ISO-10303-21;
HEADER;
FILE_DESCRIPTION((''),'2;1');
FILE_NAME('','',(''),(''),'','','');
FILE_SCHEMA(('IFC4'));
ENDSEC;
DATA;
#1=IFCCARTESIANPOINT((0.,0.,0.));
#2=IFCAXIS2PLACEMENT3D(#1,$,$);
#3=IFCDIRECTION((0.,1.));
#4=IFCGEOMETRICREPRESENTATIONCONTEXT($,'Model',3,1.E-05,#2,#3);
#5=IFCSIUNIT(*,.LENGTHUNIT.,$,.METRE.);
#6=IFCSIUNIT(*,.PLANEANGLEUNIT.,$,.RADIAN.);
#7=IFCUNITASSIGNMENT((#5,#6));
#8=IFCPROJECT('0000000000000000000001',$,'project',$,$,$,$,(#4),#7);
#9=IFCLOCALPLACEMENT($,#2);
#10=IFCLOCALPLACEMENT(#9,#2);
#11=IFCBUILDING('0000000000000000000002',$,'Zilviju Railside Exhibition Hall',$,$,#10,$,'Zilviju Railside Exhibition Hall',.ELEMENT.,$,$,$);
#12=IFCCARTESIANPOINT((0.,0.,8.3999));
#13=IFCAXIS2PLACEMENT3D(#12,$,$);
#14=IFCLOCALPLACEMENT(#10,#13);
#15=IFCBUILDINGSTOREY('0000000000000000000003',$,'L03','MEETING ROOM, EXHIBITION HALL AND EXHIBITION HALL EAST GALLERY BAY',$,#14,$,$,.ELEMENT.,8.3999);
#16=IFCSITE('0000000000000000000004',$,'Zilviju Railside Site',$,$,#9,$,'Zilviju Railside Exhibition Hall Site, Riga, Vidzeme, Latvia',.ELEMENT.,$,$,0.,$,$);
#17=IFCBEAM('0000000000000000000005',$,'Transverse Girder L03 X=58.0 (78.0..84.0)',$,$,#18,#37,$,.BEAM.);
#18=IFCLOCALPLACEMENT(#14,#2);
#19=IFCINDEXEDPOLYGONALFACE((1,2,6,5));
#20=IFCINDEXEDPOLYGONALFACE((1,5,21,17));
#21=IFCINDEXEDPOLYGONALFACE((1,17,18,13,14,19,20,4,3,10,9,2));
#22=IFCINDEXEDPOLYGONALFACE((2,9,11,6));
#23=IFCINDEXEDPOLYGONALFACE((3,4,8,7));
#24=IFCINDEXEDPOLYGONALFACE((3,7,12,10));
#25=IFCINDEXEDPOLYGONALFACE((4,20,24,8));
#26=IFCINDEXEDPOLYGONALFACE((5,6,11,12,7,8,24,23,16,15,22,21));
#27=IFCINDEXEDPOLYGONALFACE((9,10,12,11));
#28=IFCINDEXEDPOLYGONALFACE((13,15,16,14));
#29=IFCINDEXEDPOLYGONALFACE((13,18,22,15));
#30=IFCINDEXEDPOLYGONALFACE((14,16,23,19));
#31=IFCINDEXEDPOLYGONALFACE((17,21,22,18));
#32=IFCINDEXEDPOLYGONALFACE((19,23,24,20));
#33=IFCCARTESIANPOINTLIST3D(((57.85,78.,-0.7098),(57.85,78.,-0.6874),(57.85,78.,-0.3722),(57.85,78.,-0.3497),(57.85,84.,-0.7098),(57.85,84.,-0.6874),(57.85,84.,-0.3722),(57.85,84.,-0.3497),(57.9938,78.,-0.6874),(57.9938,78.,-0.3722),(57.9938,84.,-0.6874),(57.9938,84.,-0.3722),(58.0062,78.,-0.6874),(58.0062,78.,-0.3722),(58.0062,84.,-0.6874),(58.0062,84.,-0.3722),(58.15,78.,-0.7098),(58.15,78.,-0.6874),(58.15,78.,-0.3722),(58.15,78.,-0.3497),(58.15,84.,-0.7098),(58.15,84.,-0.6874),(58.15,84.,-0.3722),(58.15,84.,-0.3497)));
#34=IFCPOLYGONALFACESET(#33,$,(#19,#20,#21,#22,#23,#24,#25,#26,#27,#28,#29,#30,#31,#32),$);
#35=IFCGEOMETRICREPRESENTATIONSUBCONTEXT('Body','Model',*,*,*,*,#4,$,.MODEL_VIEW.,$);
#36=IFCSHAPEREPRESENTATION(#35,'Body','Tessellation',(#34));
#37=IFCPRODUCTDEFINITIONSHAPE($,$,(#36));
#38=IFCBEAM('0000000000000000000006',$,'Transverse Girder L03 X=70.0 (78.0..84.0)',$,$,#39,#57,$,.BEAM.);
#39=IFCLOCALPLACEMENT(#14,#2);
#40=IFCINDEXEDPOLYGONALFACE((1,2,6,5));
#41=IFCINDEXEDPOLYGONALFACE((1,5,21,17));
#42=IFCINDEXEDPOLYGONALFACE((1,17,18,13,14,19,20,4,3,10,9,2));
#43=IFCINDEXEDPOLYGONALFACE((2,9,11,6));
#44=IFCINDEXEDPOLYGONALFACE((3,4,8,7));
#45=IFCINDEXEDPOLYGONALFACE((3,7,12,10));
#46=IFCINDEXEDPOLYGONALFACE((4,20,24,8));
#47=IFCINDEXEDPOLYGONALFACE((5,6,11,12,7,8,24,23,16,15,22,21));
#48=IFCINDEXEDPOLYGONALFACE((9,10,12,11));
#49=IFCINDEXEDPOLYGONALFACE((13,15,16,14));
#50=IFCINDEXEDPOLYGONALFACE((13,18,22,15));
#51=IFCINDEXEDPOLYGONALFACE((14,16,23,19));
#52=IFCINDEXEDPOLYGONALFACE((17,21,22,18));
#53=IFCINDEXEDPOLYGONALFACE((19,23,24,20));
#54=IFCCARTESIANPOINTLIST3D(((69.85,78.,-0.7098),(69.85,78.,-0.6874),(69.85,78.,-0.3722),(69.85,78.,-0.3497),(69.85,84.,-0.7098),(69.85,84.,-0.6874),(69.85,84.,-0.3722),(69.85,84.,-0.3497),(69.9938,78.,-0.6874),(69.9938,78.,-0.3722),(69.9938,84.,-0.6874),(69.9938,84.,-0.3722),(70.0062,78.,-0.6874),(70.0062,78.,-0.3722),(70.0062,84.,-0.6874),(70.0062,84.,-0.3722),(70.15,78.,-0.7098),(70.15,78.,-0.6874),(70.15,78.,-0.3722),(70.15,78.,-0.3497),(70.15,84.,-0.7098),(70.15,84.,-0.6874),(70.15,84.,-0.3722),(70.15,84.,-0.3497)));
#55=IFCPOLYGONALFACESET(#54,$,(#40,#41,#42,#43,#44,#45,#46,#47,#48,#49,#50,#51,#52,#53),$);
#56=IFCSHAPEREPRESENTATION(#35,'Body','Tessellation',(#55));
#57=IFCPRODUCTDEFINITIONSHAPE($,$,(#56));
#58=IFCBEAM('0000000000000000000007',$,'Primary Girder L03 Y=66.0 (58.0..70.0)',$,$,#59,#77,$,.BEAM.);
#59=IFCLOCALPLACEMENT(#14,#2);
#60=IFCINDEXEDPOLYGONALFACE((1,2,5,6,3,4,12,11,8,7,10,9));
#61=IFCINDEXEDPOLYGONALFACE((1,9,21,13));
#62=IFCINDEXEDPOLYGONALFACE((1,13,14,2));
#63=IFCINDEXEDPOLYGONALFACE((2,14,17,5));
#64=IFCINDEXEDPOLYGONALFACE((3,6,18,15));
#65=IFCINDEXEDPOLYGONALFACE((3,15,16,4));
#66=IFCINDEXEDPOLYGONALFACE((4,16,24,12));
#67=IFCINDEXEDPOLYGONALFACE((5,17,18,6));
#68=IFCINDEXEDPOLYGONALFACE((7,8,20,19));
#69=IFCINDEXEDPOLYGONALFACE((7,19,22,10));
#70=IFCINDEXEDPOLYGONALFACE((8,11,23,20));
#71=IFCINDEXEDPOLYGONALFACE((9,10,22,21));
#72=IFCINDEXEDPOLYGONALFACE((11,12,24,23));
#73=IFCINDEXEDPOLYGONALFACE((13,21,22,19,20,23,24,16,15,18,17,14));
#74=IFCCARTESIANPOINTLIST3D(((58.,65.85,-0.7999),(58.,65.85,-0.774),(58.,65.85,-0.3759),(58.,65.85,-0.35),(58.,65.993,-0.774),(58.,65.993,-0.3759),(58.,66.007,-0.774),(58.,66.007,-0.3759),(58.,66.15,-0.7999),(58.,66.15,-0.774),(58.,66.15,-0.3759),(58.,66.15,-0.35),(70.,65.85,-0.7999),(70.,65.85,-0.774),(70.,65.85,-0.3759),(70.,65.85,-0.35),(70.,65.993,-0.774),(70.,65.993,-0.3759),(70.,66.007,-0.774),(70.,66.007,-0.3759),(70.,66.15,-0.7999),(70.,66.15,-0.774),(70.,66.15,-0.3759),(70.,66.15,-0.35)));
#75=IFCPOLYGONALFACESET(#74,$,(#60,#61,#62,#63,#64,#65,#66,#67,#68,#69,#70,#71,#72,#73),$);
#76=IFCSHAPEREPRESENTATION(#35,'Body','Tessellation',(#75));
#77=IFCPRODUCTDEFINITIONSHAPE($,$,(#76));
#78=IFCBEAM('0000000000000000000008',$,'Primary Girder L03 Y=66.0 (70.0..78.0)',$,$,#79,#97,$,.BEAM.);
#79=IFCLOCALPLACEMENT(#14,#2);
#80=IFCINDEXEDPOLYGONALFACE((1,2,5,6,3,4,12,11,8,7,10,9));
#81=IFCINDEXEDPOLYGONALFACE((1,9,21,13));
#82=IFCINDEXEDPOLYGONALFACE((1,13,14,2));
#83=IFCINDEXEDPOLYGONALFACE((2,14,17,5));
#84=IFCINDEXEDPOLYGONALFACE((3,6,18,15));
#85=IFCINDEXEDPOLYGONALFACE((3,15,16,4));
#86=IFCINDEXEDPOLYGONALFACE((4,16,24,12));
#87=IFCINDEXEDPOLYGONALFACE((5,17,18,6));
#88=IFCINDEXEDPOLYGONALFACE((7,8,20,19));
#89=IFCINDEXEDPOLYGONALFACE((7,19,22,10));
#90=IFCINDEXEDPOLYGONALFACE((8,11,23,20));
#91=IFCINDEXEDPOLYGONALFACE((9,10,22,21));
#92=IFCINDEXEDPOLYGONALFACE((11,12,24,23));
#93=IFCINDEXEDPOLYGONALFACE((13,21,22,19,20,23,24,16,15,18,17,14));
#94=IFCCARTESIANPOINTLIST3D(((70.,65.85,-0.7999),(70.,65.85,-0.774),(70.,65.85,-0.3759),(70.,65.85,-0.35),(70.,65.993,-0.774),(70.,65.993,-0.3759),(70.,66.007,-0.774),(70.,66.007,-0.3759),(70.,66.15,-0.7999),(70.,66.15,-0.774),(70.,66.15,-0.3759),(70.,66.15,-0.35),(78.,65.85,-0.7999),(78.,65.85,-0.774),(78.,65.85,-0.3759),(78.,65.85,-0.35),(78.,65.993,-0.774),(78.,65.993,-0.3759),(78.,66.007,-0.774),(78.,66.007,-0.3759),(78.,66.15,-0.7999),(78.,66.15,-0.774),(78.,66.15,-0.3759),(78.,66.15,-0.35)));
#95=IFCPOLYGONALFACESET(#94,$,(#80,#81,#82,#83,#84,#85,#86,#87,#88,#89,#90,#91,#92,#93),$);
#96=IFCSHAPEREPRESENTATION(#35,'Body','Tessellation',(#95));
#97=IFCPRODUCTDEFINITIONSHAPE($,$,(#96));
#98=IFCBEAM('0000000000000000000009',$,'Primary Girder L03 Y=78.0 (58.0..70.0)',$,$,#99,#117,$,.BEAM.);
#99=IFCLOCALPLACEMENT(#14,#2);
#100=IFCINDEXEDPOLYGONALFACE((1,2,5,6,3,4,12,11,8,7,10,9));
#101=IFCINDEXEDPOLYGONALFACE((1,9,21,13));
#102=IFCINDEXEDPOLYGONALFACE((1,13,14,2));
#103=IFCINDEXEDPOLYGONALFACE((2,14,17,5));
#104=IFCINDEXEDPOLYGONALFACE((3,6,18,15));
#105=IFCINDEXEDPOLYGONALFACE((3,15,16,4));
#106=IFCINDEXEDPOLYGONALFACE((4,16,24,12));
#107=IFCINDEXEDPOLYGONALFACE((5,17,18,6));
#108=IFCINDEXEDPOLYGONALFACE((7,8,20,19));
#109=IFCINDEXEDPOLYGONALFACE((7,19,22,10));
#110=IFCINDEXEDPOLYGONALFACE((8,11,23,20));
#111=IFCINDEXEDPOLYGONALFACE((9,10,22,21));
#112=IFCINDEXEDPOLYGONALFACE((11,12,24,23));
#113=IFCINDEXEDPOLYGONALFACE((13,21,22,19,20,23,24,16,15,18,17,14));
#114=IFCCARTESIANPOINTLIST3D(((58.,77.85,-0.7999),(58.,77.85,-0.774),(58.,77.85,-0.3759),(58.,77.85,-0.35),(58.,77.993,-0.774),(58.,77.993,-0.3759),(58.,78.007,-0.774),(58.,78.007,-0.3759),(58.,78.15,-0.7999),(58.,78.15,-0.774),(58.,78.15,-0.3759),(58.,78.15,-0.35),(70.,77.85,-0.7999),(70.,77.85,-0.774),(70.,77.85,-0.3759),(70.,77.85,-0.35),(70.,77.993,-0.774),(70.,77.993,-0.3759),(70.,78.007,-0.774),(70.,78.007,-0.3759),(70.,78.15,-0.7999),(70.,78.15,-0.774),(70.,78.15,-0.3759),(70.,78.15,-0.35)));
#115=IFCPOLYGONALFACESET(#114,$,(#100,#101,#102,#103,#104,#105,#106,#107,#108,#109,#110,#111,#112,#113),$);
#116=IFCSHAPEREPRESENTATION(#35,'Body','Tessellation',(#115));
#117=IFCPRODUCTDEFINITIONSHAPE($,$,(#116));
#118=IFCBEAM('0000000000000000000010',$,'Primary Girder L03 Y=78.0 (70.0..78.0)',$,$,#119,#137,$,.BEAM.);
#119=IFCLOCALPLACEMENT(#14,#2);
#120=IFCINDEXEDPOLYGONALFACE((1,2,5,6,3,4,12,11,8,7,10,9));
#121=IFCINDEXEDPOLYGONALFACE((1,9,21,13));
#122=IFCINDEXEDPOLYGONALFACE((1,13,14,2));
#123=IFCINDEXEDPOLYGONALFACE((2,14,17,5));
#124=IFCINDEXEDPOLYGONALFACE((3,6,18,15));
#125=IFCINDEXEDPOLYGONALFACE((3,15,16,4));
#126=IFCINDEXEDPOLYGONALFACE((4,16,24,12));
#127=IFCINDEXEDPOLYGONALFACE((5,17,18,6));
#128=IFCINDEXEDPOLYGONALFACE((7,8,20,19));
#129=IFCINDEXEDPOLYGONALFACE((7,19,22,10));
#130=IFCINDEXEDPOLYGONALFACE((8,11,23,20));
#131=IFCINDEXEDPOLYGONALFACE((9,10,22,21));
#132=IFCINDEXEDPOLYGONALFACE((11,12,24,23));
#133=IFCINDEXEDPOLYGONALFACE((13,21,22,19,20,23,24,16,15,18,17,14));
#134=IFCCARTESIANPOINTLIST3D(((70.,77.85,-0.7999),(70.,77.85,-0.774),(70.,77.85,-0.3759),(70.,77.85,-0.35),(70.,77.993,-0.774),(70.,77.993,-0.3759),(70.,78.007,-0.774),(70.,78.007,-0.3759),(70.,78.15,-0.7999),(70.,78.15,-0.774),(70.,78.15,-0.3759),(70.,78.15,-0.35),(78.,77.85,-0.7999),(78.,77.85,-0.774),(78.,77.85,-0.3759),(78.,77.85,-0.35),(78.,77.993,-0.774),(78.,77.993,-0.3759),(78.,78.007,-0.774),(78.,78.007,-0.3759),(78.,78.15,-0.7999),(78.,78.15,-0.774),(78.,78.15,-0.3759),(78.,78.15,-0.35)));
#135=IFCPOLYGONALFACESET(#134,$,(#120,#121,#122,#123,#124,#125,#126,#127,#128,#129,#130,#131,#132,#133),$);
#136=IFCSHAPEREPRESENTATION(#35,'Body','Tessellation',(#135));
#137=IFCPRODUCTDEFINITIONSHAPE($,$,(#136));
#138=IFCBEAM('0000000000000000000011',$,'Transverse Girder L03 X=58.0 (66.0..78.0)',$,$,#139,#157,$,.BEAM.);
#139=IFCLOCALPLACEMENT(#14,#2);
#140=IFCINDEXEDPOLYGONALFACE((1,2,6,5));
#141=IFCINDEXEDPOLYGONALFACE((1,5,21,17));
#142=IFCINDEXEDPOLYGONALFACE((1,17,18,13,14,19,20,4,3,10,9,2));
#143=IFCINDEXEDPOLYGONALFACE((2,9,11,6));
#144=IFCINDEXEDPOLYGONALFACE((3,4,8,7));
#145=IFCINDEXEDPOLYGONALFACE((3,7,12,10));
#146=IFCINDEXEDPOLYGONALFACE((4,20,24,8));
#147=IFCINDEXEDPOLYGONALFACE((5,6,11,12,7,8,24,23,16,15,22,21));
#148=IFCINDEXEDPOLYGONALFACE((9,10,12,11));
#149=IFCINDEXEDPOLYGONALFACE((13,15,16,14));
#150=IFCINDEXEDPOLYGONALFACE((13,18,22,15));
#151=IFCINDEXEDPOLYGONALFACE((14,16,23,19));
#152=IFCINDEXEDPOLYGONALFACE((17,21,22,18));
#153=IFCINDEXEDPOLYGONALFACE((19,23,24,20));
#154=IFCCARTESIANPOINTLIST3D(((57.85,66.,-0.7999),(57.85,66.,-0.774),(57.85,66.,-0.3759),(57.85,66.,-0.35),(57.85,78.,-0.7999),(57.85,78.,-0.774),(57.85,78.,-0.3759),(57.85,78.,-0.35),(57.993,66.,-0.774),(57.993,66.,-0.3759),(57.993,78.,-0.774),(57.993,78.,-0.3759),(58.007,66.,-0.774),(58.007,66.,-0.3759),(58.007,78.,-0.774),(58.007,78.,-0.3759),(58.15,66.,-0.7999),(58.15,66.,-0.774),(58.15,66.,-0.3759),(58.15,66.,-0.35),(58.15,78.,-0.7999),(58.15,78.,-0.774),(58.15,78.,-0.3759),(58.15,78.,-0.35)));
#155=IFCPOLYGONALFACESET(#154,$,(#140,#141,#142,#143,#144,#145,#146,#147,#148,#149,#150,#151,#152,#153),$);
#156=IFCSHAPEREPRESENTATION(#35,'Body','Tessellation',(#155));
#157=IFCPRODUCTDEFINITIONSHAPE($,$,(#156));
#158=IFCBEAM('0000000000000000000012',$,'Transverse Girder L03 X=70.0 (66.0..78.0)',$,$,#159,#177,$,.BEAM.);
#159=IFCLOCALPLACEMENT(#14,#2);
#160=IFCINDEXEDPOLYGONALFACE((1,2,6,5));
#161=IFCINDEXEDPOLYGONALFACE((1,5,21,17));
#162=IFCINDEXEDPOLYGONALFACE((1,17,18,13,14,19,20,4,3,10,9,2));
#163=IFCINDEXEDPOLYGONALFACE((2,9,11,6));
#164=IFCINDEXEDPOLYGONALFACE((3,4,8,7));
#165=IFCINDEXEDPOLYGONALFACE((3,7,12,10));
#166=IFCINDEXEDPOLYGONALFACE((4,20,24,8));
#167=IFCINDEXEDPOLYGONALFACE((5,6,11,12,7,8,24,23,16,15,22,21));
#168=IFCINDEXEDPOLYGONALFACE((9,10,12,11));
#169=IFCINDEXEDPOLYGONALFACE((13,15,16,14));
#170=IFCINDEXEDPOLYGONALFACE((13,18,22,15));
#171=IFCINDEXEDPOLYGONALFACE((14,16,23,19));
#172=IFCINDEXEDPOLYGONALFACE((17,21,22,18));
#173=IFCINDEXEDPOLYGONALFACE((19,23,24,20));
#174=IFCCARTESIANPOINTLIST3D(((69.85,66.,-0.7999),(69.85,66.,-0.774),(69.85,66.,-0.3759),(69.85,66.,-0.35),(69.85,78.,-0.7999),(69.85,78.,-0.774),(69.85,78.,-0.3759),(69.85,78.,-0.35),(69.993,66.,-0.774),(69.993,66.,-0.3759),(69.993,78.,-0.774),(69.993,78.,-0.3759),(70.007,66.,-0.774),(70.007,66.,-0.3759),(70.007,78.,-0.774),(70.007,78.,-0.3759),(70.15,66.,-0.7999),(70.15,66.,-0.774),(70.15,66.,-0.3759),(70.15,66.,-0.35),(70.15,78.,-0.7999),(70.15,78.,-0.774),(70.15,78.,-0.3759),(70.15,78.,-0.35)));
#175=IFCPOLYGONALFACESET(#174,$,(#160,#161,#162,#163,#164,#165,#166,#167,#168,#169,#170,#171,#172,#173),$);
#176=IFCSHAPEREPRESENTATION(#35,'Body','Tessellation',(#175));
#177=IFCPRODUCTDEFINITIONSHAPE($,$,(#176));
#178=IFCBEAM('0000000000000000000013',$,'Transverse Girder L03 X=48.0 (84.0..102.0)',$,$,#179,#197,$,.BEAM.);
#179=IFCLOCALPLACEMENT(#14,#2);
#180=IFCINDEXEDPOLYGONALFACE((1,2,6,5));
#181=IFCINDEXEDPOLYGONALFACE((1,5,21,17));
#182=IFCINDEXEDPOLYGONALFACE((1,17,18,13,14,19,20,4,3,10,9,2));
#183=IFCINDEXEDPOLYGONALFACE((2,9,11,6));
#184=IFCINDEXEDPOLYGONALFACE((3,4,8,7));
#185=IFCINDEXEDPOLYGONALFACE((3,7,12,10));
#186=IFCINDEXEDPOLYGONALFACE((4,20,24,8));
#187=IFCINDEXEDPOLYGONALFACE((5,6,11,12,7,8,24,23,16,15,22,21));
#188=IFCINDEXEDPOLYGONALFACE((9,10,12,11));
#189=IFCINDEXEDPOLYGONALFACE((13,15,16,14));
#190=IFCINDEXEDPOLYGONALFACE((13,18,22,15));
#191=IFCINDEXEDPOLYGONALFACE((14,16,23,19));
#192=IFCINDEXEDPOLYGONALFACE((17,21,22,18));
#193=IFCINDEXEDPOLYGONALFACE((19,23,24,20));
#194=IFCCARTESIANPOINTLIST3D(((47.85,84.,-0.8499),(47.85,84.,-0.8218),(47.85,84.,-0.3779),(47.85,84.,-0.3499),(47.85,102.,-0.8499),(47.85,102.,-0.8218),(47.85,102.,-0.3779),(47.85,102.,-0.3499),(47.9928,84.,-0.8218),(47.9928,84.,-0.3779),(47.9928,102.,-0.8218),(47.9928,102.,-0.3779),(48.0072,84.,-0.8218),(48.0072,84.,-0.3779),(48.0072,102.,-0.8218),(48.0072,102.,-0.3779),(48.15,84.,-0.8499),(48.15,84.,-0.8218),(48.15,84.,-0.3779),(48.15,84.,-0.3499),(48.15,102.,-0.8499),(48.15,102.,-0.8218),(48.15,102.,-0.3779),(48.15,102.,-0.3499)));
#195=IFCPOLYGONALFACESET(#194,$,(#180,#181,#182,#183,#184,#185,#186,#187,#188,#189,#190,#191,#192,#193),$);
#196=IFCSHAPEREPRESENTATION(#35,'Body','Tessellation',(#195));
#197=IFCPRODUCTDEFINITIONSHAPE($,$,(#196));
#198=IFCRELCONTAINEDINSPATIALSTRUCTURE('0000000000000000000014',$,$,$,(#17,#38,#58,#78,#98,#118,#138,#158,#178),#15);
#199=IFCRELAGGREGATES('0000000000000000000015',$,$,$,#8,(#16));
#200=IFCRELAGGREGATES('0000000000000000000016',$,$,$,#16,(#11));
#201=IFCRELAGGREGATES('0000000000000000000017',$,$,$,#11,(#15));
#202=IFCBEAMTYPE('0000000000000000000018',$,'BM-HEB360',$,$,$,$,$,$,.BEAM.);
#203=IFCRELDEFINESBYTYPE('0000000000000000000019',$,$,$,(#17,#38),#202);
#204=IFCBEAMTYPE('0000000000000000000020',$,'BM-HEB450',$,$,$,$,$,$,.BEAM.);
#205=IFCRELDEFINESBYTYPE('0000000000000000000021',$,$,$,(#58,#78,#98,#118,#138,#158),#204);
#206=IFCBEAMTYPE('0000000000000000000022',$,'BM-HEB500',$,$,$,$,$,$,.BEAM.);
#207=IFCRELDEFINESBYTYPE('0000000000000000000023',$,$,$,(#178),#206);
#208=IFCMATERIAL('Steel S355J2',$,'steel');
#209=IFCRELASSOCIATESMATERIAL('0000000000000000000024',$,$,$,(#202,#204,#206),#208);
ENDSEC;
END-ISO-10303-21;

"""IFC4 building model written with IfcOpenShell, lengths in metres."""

from ifc_helpers import new_model, si_unit, direction, frame, origin, origin_2d, place, context, subcontext, project, spatial, i_section, extrude, material, material_profile, profile_set, type_object, element, save


model = new_model("IFC4")

# Units and contexts
model_context = context("Model", 3, precision=1e-05, world=origin(), true_north=direction((0.0, 1.0)))
body_context = subcontext(model_context, "Body", "Model", "MODEL_VIEW")
ifc_project = project(units=[si_unit("LENGTHUNIT", "METRE"), si_unit("PLANEANGLEUNIT", "RADIAN")], contexts=[model_context])

# Site, building, storey
site_placement = place(None, origin())
site = spatial("IfcSite", under=ifc_project, at=site_placement, Name="Zilviju Railside Site", LongName="Zilviju Railside Exhibition Hall Site, Riga, Vidzeme, Latvia", CompositionType="ELEMENT", RefElevation=0.0)
building_placement = place(site_placement, origin())
building = spatial("IfcBuilding", under=site, at=building_placement, Name="Zilviju Railside Exhibition Hall", LongName="Zilviju Railside Exhibition Hall", CompositionType="ELEMENT")
storey_placement = place(building_placement, frame((0.0, 0.0, 8.3999)))
storey = spatial("IfcBuildingStorey", under=building, at=storey_placement, Name="L03", Description="MEETING ROOM, EXHIBITION HALL AND EXHIBITION HALL EAST GALLERY BAY", CompositionType="ELEMENT", Elevation=8.3999)

# Shared definitions
ifc_material = material(Name="Steel S355J2", Category="steel")

# Beams
ifc_material_profile_1 = material_profile(ifc_material, i_section(OverallWidth=0.3, OverallDepth=0.3601, WebThickness=0.0125, FlangeThickness=0.0225, at=origin_2d()), Name="HEB 360")
ifc_profile_set_1 = profile_set([ifc_material_profile_1], Name="Steel S355J2")
beam_type_1 = type_object("IfcBeamType", Name="BM-HEB360", PredefinedType="BEAM", material=ifc_profile_set_1)
for number, where, z_axis, x_axis, name in (
    (1, (58.0, 78.0, -0.5298), (0.0, 1.0, 0.0), (-1.0, 0.0, 0.0), "Transverse Girder L03 X=58.0 (78.0..84.0)"),
    (2, (70.0, 78.0, -0.5298), (0.0, 1.0, 0.0), (-1.0, 0.0, 0.0), "Transverse Girder L03 X=70.0 (78.0..84.0)"),
):
    element("IfcBeam", number, at=place(storey_placement, frame(where, z_axis=z_axis, x_axis=x_axis)), inside=storey, type_object=beam_type_1, Name=name, PredefinedType="BEAM", context=body_context, shape_type="SweptSolid", body=[
        extrude(i_section(OverallWidth=0.3, OverallDepth=0.3601, WebThickness=0.0125, FlangeThickness=0.0225, at=origin_2d()), origin(), (0.0, 0.0, 1.0), 6.0),
    ])
ifc_material_profile_2 = material_profile(ifc_material, i_section(OverallWidth=0.3, OverallDepth=0.45, WebThickness=0.0139, FlangeThickness=0.0259, at=origin_2d()), Name="HEB 450")
ifc_profile_set_2 = profile_set([ifc_material_profile_2], Name="Steel S355J2")
beam_type_2 = type_object("IfcBeamType", Name="BM-HEB450", PredefinedType="BEAM", material=ifc_profile_set_2)
beam_1_placement = place(storey_placement, frame((58.0, 66.0, -0.575), z_axis=(1.0, 0.0, 0.0), x_axis=(0.0, 1.0, 0.0)))
element("IfcBeam", 3, at=beam_1_placement, inside=storey, type_object=beam_type_2, Name="Primary Girder L03 Y=66.0 (58.0..70.0)", PredefinedType="BEAM", context=body_context, shape_type="SweptSolid", body=[
    extrude(i_section(OverallWidth=0.3, OverallDepth=0.45, WebThickness=0.0139, FlangeThickness=0.0259, at=origin_2d()), origin(), (0.0, 0.0, 1.0), 12.0),
])
beam_2_placement = place(storey_placement, frame((70.0, 66.0, -0.575), z_axis=(1.0, 0.0, 0.0), x_axis=(0.0, 1.0, 0.0)))
element("IfcBeam", 4, at=beam_2_placement, inside=storey, type_object=beam_type_2, Name="Primary Girder L03 Y=66.0 (70.0..78.0)", PredefinedType="BEAM", context=body_context, shape_type="SweptSolid", body=[
    extrude(i_section(OverallWidth=0.3, OverallDepth=0.45, WebThickness=0.0139, FlangeThickness=0.0259, at=origin_2d()), origin(), (0.0, 0.0, 1.0), 8.0),
])
beam_3_placement = place(storey_placement, frame((58.0, 78.0, -0.575), z_axis=(1.0, 0.0, 0.0), x_axis=(0.0, 1.0, 0.0)))
element("IfcBeam", 5, at=beam_3_placement, inside=storey, type_object=beam_type_2, Name="Primary Girder L03 Y=78.0 (58.0..70.0)", PredefinedType="BEAM", context=body_context, shape_type="SweptSolid", body=[
    extrude(i_section(OverallWidth=0.3, OverallDepth=0.45, WebThickness=0.0139, FlangeThickness=0.0259, at=origin_2d()), origin(), (0.0, 0.0, 1.0), 12.0),
])
beam_4_placement = place(storey_placement, frame((70.0, 78.0, -0.575), z_axis=(1.0, 0.0, 0.0), x_axis=(0.0, 1.0, 0.0)))
element("IfcBeam", 6, at=beam_4_placement, inside=storey, type_object=beam_type_2, Name="Primary Girder L03 Y=78.0 (70.0..78.0)", PredefinedType="BEAM", context=body_context, shape_type="SweptSolid", body=[
    extrude(i_section(OverallWidth=0.3, OverallDepth=0.45, WebThickness=0.0139, FlangeThickness=0.0259, at=origin_2d()), origin(), (0.0, 0.0, 1.0), 8.0),
])
for number, where, z_axis, x_axis, name in (
    (7, (58.0, 66.0, -0.575), (0.0, 1.0, 0.0), (-1.0, 0.0, 0.0), "Transverse Girder L03 X=58.0 (66.0..78.0)"),
    (8, (70.0, 66.0, -0.575), (0.0, 1.0, 0.0), (-1.0, 0.0, 0.0), "Transverse Girder L03 X=70.0 (66.0..78.0)"),
):
    element("IfcBeam", number, at=place(storey_placement, frame(where, z_axis=z_axis, x_axis=x_axis)), inside=storey, type_object=beam_type_2, Name=name, PredefinedType="BEAM", context=body_context, shape_type="SweptSolid", body=[
        extrude(i_section(OverallWidth=0.3, OverallDepth=0.45, WebThickness=0.0139, FlangeThickness=0.0259, at=origin_2d()), origin(), (0.0, 0.0, 1.0), 12.0),
    ])
ifc_material_profile_3 = material_profile(ifc_material, i_section(OverallWidth=0.3, OverallDepth=0.5, WebThickness=0.0144, FlangeThickness=0.0281, at=origin_2d()), Name="HEB 500")
ifc_profile_set_3 = profile_set([ifc_material_profile_3], Name="Steel S355J2")
beam_type_3 = type_object("IfcBeamType", Name="BM-HEB500", PredefinedType="BEAM", material=ifc_profile_set_3)
beam_5_placement = place(storey_placement, frame((48.0, 84.0, -0.5999), z_axis=(0.0, 1.0, 0.0), x_axis=(-1.0, 0.0, 0.0)))
element("IfcBeam", 9, at=beam_5_placement, inside=storey, type_object=beam_type_3, Name="Transverse Girder L03 X=48.0 (84.0..102.0)", PredefinedType="BEAM", context=body_context, shape_type="SweptSolid", body=[
    extrude(i_section(OverallWidth=0.3, OverallDepth=0.5, WebThickness=0.0144, FlangeThickness=0.0281, at=origin_2d()), origin(), (0.0, 0.0, 1.0), 18.0),
])

save(model, "model.ifc")
